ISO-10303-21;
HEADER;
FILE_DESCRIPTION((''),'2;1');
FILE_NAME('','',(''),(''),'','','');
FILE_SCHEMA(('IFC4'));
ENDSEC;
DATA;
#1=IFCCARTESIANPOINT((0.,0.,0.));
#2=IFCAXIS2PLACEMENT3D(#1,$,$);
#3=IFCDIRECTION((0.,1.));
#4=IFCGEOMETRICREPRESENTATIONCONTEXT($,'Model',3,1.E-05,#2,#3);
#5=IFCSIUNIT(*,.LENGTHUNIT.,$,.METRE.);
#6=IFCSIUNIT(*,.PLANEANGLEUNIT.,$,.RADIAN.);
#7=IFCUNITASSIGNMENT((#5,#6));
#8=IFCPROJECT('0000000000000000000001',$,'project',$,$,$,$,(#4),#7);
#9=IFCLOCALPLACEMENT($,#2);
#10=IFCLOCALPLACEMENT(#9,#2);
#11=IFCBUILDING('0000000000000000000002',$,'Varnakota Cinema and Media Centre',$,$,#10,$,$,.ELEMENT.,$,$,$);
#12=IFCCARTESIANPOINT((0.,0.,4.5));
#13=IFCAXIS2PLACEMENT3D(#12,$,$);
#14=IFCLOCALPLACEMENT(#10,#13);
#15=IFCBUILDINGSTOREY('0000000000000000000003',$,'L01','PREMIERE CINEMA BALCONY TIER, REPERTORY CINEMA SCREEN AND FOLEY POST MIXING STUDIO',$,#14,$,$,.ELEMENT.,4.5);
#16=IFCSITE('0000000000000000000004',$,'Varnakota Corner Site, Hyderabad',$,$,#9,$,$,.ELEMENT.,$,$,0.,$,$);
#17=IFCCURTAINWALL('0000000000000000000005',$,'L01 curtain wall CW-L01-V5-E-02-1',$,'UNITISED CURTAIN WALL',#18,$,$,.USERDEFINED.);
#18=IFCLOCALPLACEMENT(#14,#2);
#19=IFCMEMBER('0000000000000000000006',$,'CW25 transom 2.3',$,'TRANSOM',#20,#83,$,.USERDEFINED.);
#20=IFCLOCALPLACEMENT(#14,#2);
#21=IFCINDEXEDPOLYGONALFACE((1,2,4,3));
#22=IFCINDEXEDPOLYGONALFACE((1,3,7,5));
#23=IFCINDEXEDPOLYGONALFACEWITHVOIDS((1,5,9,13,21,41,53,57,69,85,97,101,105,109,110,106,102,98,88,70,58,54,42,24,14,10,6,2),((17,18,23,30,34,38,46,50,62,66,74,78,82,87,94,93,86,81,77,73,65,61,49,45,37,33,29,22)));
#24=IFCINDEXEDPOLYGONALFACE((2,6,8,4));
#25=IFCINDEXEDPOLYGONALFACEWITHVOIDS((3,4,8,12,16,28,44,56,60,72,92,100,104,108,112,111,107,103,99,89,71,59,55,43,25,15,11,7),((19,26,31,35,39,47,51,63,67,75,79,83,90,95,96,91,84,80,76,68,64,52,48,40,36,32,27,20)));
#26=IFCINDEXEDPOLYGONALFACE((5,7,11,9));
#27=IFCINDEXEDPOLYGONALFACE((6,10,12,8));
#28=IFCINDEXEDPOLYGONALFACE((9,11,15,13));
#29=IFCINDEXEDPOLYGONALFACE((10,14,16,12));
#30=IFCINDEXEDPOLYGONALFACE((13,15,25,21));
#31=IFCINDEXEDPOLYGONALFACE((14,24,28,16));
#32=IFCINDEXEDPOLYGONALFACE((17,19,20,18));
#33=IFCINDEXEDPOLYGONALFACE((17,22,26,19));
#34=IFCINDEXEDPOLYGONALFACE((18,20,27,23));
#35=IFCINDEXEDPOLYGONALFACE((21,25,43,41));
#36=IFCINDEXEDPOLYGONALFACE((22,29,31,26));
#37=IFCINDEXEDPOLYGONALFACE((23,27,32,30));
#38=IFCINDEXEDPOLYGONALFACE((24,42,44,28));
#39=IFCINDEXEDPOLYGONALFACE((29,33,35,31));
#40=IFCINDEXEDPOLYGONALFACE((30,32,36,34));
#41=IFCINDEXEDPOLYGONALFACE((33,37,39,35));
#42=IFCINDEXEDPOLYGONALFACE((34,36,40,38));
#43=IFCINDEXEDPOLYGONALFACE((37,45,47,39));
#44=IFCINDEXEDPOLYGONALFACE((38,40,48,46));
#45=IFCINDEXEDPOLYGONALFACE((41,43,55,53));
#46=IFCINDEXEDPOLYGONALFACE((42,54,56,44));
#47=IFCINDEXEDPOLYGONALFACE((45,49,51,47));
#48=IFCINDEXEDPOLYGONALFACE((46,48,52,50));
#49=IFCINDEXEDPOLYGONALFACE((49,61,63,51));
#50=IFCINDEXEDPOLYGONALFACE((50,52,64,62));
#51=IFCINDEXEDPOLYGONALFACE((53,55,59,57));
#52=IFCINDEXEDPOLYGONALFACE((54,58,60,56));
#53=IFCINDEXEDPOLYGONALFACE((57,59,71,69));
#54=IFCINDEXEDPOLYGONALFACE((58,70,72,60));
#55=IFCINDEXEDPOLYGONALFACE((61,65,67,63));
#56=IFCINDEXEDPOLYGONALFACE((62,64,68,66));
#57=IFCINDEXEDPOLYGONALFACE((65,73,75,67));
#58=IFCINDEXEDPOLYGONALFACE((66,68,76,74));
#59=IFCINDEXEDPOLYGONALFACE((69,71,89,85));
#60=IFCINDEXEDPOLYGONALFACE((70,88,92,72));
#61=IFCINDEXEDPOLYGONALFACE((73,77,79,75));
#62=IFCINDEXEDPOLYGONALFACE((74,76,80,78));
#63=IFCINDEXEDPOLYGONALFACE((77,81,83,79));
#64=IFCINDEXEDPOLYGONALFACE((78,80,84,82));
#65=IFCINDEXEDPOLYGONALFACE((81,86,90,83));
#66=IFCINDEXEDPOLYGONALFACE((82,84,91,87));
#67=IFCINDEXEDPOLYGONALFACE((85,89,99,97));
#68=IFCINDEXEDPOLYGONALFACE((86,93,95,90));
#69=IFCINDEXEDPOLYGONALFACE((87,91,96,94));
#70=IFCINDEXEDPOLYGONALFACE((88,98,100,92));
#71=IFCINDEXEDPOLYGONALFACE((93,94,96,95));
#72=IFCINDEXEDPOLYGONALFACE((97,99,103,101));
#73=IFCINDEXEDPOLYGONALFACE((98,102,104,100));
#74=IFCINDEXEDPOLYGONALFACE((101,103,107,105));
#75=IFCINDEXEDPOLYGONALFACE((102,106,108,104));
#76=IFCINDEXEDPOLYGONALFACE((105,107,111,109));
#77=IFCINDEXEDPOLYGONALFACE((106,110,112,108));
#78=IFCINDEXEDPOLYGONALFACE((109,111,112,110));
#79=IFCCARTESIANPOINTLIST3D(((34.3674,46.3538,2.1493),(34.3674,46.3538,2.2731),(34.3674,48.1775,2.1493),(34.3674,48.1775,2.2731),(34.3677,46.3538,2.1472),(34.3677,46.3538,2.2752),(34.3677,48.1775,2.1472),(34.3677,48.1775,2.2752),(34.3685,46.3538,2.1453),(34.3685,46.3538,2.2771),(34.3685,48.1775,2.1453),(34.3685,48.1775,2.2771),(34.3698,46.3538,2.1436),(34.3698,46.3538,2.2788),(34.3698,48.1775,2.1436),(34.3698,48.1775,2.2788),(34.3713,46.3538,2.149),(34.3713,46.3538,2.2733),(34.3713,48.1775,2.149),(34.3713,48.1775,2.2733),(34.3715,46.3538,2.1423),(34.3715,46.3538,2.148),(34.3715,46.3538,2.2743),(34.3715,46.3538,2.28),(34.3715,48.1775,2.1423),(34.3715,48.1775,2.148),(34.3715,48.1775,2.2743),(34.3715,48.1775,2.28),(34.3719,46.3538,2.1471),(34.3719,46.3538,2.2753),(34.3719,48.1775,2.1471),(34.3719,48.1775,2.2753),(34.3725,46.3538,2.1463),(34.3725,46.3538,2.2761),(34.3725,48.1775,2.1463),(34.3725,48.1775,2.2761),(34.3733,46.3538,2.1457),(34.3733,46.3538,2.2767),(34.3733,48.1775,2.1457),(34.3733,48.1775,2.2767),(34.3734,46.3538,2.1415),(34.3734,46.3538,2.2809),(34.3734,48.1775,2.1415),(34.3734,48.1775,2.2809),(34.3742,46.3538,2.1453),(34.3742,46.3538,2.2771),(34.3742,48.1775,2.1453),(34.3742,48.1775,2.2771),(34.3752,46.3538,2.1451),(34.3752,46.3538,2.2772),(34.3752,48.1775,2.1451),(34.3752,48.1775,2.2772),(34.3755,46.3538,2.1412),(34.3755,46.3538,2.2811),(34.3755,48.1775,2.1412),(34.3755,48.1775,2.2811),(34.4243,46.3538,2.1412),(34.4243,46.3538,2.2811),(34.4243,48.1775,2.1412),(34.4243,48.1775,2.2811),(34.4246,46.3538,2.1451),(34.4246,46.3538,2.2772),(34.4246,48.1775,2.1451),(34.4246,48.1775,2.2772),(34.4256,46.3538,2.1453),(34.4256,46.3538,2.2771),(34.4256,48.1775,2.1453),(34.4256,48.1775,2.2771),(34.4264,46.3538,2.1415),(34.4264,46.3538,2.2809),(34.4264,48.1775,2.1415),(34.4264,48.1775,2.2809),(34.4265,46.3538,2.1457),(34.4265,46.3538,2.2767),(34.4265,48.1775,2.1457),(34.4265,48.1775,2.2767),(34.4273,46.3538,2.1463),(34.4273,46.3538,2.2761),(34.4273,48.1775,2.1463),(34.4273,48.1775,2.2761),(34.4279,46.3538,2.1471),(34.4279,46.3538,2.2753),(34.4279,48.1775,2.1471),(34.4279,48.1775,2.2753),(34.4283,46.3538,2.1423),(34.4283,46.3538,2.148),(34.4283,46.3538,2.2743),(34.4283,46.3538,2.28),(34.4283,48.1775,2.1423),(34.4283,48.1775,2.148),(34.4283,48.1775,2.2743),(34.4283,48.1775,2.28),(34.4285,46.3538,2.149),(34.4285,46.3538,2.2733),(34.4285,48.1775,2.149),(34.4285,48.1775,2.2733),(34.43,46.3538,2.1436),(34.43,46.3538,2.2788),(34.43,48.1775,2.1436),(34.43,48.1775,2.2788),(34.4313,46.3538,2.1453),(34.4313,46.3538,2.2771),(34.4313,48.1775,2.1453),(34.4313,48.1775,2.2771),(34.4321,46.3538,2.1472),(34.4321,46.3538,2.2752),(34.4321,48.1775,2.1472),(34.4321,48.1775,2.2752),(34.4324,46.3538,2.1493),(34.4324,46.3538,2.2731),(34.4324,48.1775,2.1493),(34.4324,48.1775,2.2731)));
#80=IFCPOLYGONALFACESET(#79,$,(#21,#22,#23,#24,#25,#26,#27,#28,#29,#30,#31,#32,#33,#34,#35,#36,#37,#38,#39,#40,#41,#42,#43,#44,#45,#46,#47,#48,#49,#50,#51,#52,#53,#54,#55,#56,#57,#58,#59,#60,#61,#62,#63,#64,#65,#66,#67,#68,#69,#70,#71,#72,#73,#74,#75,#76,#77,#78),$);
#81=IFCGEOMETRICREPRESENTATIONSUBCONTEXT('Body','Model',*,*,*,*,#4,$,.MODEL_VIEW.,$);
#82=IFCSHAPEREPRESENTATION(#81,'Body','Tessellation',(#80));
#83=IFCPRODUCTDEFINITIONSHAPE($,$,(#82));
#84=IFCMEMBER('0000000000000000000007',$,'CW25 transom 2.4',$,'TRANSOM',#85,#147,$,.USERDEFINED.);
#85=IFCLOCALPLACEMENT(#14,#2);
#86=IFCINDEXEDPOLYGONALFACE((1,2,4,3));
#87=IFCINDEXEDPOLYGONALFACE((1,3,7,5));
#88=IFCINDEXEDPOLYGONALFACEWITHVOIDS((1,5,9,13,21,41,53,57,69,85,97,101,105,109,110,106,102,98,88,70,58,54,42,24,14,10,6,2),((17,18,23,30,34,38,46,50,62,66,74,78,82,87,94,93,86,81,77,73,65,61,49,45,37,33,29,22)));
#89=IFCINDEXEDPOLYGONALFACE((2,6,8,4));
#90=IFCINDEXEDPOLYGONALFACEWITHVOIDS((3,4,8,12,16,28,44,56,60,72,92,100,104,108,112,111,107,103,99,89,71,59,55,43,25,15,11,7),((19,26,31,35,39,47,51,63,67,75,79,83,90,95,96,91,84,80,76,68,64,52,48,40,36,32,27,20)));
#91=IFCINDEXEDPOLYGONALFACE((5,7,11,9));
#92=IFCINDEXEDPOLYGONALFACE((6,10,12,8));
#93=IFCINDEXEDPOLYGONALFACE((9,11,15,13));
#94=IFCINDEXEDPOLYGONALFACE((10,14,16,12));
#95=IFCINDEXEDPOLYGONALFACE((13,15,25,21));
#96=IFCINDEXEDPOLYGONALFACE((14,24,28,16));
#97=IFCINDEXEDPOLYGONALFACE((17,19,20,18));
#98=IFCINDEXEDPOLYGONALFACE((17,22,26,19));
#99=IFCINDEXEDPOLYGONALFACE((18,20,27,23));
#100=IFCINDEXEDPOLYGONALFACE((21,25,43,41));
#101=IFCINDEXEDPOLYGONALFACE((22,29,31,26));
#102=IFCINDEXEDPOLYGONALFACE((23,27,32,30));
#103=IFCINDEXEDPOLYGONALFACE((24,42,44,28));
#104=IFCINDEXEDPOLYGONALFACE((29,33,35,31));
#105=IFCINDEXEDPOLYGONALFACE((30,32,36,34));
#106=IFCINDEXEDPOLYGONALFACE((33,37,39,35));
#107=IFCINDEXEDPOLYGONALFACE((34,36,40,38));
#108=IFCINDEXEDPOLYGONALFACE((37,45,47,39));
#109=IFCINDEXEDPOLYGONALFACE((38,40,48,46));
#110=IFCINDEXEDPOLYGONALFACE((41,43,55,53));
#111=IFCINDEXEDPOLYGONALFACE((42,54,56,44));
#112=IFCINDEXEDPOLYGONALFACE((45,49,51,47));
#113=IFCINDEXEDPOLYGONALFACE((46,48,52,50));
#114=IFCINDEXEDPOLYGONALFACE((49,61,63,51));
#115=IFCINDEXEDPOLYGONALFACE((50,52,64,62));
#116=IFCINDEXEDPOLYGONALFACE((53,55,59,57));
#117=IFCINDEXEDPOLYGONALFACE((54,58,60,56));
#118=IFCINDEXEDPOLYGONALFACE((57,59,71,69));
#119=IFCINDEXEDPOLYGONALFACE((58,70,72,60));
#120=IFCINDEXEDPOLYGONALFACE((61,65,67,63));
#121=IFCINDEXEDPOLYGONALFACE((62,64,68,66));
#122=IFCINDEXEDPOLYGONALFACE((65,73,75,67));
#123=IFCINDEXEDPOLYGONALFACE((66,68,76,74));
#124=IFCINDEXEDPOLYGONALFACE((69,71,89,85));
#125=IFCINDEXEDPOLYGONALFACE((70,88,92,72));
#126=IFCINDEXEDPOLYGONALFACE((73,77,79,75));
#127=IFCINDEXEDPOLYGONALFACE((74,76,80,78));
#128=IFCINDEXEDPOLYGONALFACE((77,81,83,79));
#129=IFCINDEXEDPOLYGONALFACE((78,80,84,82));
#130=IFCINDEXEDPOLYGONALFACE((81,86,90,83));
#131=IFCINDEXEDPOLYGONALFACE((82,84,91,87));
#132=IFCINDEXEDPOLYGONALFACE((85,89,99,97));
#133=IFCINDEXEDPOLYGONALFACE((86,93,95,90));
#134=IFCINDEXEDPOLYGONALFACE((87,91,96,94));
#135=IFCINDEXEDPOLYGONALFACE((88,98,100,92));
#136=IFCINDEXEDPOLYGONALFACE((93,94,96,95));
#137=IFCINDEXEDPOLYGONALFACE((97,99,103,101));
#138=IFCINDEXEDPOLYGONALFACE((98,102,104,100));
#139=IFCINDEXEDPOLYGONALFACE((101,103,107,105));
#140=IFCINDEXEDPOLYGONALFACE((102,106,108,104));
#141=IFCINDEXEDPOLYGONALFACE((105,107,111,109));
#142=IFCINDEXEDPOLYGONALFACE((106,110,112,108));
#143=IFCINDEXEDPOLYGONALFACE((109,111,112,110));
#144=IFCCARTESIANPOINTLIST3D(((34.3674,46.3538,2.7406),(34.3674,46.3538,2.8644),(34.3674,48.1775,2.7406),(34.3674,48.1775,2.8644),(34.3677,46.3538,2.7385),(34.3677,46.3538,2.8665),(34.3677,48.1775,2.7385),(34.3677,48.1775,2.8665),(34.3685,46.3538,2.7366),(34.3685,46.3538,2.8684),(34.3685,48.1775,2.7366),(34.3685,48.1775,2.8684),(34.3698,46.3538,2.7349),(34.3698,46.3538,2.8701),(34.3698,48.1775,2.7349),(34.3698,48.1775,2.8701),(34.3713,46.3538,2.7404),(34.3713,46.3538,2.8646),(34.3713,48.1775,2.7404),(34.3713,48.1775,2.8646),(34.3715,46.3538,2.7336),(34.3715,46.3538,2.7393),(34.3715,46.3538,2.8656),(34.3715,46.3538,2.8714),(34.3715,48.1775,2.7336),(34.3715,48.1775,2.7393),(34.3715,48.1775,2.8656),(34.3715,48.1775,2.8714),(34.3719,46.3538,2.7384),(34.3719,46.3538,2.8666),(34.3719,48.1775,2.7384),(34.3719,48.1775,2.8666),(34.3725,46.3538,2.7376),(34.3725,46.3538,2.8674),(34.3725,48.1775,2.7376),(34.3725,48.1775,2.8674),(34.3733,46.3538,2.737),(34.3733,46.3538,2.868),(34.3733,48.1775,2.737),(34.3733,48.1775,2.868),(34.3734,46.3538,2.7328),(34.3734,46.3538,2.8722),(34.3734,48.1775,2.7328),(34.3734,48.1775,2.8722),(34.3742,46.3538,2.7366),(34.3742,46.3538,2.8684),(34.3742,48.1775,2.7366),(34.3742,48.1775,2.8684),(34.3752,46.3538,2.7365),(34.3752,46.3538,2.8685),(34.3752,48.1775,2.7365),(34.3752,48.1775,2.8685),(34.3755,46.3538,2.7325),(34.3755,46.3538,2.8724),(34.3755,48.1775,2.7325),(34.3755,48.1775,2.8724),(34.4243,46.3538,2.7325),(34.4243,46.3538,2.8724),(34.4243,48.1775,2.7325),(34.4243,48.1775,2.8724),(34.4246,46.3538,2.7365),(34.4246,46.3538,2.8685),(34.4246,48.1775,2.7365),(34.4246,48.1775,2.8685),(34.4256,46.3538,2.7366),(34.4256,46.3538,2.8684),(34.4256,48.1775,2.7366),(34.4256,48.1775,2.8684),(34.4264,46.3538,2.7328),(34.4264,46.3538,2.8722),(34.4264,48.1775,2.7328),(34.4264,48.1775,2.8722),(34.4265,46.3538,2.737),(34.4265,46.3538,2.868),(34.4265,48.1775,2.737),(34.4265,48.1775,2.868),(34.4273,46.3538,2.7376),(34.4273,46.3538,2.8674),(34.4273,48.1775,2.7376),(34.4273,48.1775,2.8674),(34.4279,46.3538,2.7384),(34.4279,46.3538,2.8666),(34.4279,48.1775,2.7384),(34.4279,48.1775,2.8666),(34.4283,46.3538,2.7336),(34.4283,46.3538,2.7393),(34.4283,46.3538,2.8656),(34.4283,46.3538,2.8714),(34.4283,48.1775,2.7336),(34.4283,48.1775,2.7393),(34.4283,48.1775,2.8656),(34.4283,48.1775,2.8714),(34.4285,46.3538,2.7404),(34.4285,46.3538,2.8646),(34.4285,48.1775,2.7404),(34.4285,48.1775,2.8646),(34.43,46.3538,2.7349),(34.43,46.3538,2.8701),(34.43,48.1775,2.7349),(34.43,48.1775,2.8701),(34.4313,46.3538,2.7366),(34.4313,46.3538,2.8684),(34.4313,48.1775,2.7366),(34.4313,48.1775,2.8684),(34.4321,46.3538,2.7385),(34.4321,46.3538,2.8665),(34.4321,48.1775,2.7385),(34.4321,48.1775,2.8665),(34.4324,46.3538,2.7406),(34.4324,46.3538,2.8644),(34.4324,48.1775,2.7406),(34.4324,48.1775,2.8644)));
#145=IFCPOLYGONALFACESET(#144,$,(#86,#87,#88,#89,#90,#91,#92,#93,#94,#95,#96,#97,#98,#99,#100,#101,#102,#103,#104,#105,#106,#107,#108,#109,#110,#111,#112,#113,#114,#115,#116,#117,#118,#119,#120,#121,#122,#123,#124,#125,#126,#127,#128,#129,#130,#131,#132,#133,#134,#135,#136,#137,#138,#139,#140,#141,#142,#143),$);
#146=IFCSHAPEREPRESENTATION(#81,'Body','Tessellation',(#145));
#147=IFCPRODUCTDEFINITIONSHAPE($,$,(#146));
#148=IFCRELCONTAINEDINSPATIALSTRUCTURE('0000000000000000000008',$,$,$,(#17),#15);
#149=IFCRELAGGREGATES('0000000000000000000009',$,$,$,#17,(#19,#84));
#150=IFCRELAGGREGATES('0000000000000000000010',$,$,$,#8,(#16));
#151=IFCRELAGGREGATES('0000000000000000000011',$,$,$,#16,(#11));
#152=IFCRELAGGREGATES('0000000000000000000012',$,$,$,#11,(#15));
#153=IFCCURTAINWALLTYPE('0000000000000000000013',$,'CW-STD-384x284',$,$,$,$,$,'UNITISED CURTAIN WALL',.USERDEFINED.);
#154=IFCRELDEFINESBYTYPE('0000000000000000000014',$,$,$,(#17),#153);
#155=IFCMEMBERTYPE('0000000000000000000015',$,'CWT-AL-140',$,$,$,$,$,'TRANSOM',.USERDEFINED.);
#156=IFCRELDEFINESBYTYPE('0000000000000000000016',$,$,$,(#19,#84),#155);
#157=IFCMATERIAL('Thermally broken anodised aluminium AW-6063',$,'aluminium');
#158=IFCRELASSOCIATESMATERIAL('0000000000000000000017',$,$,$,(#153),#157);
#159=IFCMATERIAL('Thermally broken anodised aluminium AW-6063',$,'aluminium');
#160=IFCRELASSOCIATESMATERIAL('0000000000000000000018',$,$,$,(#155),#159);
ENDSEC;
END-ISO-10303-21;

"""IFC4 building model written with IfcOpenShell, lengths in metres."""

from ifc_helpers import new_model, si_unit, direction, frame, origin, origin_2d, place, context, subcontext, project, spatial, hollow_rectangle, extrude, material, material_profile, profile_set, type_object, element, aggregate, save


model = new_model("IFC4")

# Units and contexts
model_context = context("Model", 3, precision=1e-05, world=origin(), true_north=direction((0.0, 1.0)))
body_context = subcontext(model_context, "Body", "Model", "MODEL_VIEW")
ifc_project = project(units=[si_unit("LENGTHUNIT", "METRE"), si_unit("PLANEANGLEUNIT", "RADIAN")], contexts=[model_context])

# Site, building, storey
site_placement = place(None, origin())
site = spatial("IfcSite", under=ifc_project, at=site_placement, Name="Varnakota Corner Site, Hyderabad", CompositionType="ELEMENT", RefElevation=0.0)
building_placement = place(site_placement, origin())
building = spatial("IfcBuilding", under=site, at=building_placement, Name="Varnakota Cinema and Media Centre", CompositionType="ELEMENT")
storey_placement = place(building_placement, frame((0.0, 0.0, 4.5)))
storey = spatial("IfcBuildingStorey", under=building, at=storey_placement, Name="L01", Description="PREMIERE CINEMA BALCONY TIER, REPERTORY CINEMA SCREEN AND FOLEY POST MIXING STUDIO", CompositionType="ELEMENT", Elevation=4.5)

# Curtain wall
ifc_material_1 = material(Name="Thermally broken anodised aluminium AW-6063", Category="aluminium")
curtain_wall_type = type_object("IfcCurtainWallType", Name="CW-STD-384x284", ElementType="UNITISED CURTAIN WALL", PredefinedType="USERDEFINED", material=ifc_material_1)
curtain_wall_1_placement = place(storey_placement, origin())
curtain_wall_1 = element("IfcCurtainWall", 1, at=curtain_wall_1_placement, inside=storey, type_object=curtain_wall_type, Name="L01 curtain wall CW-L01-V5-E-02-1", ObjectType="UNITISED CURTAIN WALL", PredefinedType="USERDEFINED")

# Members
ifc_material_2 = material(Name="Thermally broken anodised aluminium AW-6063", Category="aluminium")
ifc_material_profile_1 = material_profile(ifc_material_2, hollow_rectangle(XDim=0.0649, YDim=0.1399, WallThickness=0.0039, InnerFilletRadius=0.0039, OuterFilletRadius=0.0081, at=origin_2d()), Name="AL-TRANSOM 140x65x4")
ifc_profile_set_1 = profile_set([ifc_material_profile_1], Name="Thermally broken anodised aluminium AW-6063")
member_type_1 = type_object("IfcMemberType", Name="CWT-AL-140", ElementType="TRANSOM", PredefinedType="USERDEFINED", material=ifc_profile_set_1)
member_1_placement = place(storey_placement, frame((34.3999, 46.3538, 2.2112), z_axis=(0.0, 1.0, 0.0), x_axis=(-1.0, 0.0, 0.0)))
member_1 = element("IfcMember", 2, at=member_1_placement, type_object=member_type_1, Name="CW25 transom 2.3", ObjectType="TRANSOM", PredefinedType="USERDEFINED", context=body_context, shape_type="SweptSolid", body=[
    extrude(hollow_rectangle(XDim=0.0649, YDim=0.1399, WallThickness=0.0039, InnerFilletRadius=0.0039, OuterFilletRadius=0.0081, at=origin_2d()), origin(), (0.0, 0.0, 1.0), 1.8237),
])
member_2_placement = place(storey_placement, frame((34.3999, 46.3538, 2.8025), z_axis=(0.0, 1.0, 0.0), x_axis=(-1.0, 0.0, 0.0)))
member_2 = element("IfcMember", 3, at=member_2_placement, type_object=member_type_1, Name="CW25 transom 2.4", ObjectType="TRANSOM", PredefinedType="USERDEFINED", context=body_context, shape_type="SweptSolid", body=[
    extrude(hollow_rectangle(XDim=0.0649, YDim=0.1399, WallThickness=0.0039, InnerFilletRadius=0.0039, OuterFilletRadius=0.0081, at=origin_2d()), origin(), (0.0, 0.0, 1.0), 1.8237),
])

aggregate(curtain_wall_1, [member_1, member_2])

save(model, "model.ifc")
